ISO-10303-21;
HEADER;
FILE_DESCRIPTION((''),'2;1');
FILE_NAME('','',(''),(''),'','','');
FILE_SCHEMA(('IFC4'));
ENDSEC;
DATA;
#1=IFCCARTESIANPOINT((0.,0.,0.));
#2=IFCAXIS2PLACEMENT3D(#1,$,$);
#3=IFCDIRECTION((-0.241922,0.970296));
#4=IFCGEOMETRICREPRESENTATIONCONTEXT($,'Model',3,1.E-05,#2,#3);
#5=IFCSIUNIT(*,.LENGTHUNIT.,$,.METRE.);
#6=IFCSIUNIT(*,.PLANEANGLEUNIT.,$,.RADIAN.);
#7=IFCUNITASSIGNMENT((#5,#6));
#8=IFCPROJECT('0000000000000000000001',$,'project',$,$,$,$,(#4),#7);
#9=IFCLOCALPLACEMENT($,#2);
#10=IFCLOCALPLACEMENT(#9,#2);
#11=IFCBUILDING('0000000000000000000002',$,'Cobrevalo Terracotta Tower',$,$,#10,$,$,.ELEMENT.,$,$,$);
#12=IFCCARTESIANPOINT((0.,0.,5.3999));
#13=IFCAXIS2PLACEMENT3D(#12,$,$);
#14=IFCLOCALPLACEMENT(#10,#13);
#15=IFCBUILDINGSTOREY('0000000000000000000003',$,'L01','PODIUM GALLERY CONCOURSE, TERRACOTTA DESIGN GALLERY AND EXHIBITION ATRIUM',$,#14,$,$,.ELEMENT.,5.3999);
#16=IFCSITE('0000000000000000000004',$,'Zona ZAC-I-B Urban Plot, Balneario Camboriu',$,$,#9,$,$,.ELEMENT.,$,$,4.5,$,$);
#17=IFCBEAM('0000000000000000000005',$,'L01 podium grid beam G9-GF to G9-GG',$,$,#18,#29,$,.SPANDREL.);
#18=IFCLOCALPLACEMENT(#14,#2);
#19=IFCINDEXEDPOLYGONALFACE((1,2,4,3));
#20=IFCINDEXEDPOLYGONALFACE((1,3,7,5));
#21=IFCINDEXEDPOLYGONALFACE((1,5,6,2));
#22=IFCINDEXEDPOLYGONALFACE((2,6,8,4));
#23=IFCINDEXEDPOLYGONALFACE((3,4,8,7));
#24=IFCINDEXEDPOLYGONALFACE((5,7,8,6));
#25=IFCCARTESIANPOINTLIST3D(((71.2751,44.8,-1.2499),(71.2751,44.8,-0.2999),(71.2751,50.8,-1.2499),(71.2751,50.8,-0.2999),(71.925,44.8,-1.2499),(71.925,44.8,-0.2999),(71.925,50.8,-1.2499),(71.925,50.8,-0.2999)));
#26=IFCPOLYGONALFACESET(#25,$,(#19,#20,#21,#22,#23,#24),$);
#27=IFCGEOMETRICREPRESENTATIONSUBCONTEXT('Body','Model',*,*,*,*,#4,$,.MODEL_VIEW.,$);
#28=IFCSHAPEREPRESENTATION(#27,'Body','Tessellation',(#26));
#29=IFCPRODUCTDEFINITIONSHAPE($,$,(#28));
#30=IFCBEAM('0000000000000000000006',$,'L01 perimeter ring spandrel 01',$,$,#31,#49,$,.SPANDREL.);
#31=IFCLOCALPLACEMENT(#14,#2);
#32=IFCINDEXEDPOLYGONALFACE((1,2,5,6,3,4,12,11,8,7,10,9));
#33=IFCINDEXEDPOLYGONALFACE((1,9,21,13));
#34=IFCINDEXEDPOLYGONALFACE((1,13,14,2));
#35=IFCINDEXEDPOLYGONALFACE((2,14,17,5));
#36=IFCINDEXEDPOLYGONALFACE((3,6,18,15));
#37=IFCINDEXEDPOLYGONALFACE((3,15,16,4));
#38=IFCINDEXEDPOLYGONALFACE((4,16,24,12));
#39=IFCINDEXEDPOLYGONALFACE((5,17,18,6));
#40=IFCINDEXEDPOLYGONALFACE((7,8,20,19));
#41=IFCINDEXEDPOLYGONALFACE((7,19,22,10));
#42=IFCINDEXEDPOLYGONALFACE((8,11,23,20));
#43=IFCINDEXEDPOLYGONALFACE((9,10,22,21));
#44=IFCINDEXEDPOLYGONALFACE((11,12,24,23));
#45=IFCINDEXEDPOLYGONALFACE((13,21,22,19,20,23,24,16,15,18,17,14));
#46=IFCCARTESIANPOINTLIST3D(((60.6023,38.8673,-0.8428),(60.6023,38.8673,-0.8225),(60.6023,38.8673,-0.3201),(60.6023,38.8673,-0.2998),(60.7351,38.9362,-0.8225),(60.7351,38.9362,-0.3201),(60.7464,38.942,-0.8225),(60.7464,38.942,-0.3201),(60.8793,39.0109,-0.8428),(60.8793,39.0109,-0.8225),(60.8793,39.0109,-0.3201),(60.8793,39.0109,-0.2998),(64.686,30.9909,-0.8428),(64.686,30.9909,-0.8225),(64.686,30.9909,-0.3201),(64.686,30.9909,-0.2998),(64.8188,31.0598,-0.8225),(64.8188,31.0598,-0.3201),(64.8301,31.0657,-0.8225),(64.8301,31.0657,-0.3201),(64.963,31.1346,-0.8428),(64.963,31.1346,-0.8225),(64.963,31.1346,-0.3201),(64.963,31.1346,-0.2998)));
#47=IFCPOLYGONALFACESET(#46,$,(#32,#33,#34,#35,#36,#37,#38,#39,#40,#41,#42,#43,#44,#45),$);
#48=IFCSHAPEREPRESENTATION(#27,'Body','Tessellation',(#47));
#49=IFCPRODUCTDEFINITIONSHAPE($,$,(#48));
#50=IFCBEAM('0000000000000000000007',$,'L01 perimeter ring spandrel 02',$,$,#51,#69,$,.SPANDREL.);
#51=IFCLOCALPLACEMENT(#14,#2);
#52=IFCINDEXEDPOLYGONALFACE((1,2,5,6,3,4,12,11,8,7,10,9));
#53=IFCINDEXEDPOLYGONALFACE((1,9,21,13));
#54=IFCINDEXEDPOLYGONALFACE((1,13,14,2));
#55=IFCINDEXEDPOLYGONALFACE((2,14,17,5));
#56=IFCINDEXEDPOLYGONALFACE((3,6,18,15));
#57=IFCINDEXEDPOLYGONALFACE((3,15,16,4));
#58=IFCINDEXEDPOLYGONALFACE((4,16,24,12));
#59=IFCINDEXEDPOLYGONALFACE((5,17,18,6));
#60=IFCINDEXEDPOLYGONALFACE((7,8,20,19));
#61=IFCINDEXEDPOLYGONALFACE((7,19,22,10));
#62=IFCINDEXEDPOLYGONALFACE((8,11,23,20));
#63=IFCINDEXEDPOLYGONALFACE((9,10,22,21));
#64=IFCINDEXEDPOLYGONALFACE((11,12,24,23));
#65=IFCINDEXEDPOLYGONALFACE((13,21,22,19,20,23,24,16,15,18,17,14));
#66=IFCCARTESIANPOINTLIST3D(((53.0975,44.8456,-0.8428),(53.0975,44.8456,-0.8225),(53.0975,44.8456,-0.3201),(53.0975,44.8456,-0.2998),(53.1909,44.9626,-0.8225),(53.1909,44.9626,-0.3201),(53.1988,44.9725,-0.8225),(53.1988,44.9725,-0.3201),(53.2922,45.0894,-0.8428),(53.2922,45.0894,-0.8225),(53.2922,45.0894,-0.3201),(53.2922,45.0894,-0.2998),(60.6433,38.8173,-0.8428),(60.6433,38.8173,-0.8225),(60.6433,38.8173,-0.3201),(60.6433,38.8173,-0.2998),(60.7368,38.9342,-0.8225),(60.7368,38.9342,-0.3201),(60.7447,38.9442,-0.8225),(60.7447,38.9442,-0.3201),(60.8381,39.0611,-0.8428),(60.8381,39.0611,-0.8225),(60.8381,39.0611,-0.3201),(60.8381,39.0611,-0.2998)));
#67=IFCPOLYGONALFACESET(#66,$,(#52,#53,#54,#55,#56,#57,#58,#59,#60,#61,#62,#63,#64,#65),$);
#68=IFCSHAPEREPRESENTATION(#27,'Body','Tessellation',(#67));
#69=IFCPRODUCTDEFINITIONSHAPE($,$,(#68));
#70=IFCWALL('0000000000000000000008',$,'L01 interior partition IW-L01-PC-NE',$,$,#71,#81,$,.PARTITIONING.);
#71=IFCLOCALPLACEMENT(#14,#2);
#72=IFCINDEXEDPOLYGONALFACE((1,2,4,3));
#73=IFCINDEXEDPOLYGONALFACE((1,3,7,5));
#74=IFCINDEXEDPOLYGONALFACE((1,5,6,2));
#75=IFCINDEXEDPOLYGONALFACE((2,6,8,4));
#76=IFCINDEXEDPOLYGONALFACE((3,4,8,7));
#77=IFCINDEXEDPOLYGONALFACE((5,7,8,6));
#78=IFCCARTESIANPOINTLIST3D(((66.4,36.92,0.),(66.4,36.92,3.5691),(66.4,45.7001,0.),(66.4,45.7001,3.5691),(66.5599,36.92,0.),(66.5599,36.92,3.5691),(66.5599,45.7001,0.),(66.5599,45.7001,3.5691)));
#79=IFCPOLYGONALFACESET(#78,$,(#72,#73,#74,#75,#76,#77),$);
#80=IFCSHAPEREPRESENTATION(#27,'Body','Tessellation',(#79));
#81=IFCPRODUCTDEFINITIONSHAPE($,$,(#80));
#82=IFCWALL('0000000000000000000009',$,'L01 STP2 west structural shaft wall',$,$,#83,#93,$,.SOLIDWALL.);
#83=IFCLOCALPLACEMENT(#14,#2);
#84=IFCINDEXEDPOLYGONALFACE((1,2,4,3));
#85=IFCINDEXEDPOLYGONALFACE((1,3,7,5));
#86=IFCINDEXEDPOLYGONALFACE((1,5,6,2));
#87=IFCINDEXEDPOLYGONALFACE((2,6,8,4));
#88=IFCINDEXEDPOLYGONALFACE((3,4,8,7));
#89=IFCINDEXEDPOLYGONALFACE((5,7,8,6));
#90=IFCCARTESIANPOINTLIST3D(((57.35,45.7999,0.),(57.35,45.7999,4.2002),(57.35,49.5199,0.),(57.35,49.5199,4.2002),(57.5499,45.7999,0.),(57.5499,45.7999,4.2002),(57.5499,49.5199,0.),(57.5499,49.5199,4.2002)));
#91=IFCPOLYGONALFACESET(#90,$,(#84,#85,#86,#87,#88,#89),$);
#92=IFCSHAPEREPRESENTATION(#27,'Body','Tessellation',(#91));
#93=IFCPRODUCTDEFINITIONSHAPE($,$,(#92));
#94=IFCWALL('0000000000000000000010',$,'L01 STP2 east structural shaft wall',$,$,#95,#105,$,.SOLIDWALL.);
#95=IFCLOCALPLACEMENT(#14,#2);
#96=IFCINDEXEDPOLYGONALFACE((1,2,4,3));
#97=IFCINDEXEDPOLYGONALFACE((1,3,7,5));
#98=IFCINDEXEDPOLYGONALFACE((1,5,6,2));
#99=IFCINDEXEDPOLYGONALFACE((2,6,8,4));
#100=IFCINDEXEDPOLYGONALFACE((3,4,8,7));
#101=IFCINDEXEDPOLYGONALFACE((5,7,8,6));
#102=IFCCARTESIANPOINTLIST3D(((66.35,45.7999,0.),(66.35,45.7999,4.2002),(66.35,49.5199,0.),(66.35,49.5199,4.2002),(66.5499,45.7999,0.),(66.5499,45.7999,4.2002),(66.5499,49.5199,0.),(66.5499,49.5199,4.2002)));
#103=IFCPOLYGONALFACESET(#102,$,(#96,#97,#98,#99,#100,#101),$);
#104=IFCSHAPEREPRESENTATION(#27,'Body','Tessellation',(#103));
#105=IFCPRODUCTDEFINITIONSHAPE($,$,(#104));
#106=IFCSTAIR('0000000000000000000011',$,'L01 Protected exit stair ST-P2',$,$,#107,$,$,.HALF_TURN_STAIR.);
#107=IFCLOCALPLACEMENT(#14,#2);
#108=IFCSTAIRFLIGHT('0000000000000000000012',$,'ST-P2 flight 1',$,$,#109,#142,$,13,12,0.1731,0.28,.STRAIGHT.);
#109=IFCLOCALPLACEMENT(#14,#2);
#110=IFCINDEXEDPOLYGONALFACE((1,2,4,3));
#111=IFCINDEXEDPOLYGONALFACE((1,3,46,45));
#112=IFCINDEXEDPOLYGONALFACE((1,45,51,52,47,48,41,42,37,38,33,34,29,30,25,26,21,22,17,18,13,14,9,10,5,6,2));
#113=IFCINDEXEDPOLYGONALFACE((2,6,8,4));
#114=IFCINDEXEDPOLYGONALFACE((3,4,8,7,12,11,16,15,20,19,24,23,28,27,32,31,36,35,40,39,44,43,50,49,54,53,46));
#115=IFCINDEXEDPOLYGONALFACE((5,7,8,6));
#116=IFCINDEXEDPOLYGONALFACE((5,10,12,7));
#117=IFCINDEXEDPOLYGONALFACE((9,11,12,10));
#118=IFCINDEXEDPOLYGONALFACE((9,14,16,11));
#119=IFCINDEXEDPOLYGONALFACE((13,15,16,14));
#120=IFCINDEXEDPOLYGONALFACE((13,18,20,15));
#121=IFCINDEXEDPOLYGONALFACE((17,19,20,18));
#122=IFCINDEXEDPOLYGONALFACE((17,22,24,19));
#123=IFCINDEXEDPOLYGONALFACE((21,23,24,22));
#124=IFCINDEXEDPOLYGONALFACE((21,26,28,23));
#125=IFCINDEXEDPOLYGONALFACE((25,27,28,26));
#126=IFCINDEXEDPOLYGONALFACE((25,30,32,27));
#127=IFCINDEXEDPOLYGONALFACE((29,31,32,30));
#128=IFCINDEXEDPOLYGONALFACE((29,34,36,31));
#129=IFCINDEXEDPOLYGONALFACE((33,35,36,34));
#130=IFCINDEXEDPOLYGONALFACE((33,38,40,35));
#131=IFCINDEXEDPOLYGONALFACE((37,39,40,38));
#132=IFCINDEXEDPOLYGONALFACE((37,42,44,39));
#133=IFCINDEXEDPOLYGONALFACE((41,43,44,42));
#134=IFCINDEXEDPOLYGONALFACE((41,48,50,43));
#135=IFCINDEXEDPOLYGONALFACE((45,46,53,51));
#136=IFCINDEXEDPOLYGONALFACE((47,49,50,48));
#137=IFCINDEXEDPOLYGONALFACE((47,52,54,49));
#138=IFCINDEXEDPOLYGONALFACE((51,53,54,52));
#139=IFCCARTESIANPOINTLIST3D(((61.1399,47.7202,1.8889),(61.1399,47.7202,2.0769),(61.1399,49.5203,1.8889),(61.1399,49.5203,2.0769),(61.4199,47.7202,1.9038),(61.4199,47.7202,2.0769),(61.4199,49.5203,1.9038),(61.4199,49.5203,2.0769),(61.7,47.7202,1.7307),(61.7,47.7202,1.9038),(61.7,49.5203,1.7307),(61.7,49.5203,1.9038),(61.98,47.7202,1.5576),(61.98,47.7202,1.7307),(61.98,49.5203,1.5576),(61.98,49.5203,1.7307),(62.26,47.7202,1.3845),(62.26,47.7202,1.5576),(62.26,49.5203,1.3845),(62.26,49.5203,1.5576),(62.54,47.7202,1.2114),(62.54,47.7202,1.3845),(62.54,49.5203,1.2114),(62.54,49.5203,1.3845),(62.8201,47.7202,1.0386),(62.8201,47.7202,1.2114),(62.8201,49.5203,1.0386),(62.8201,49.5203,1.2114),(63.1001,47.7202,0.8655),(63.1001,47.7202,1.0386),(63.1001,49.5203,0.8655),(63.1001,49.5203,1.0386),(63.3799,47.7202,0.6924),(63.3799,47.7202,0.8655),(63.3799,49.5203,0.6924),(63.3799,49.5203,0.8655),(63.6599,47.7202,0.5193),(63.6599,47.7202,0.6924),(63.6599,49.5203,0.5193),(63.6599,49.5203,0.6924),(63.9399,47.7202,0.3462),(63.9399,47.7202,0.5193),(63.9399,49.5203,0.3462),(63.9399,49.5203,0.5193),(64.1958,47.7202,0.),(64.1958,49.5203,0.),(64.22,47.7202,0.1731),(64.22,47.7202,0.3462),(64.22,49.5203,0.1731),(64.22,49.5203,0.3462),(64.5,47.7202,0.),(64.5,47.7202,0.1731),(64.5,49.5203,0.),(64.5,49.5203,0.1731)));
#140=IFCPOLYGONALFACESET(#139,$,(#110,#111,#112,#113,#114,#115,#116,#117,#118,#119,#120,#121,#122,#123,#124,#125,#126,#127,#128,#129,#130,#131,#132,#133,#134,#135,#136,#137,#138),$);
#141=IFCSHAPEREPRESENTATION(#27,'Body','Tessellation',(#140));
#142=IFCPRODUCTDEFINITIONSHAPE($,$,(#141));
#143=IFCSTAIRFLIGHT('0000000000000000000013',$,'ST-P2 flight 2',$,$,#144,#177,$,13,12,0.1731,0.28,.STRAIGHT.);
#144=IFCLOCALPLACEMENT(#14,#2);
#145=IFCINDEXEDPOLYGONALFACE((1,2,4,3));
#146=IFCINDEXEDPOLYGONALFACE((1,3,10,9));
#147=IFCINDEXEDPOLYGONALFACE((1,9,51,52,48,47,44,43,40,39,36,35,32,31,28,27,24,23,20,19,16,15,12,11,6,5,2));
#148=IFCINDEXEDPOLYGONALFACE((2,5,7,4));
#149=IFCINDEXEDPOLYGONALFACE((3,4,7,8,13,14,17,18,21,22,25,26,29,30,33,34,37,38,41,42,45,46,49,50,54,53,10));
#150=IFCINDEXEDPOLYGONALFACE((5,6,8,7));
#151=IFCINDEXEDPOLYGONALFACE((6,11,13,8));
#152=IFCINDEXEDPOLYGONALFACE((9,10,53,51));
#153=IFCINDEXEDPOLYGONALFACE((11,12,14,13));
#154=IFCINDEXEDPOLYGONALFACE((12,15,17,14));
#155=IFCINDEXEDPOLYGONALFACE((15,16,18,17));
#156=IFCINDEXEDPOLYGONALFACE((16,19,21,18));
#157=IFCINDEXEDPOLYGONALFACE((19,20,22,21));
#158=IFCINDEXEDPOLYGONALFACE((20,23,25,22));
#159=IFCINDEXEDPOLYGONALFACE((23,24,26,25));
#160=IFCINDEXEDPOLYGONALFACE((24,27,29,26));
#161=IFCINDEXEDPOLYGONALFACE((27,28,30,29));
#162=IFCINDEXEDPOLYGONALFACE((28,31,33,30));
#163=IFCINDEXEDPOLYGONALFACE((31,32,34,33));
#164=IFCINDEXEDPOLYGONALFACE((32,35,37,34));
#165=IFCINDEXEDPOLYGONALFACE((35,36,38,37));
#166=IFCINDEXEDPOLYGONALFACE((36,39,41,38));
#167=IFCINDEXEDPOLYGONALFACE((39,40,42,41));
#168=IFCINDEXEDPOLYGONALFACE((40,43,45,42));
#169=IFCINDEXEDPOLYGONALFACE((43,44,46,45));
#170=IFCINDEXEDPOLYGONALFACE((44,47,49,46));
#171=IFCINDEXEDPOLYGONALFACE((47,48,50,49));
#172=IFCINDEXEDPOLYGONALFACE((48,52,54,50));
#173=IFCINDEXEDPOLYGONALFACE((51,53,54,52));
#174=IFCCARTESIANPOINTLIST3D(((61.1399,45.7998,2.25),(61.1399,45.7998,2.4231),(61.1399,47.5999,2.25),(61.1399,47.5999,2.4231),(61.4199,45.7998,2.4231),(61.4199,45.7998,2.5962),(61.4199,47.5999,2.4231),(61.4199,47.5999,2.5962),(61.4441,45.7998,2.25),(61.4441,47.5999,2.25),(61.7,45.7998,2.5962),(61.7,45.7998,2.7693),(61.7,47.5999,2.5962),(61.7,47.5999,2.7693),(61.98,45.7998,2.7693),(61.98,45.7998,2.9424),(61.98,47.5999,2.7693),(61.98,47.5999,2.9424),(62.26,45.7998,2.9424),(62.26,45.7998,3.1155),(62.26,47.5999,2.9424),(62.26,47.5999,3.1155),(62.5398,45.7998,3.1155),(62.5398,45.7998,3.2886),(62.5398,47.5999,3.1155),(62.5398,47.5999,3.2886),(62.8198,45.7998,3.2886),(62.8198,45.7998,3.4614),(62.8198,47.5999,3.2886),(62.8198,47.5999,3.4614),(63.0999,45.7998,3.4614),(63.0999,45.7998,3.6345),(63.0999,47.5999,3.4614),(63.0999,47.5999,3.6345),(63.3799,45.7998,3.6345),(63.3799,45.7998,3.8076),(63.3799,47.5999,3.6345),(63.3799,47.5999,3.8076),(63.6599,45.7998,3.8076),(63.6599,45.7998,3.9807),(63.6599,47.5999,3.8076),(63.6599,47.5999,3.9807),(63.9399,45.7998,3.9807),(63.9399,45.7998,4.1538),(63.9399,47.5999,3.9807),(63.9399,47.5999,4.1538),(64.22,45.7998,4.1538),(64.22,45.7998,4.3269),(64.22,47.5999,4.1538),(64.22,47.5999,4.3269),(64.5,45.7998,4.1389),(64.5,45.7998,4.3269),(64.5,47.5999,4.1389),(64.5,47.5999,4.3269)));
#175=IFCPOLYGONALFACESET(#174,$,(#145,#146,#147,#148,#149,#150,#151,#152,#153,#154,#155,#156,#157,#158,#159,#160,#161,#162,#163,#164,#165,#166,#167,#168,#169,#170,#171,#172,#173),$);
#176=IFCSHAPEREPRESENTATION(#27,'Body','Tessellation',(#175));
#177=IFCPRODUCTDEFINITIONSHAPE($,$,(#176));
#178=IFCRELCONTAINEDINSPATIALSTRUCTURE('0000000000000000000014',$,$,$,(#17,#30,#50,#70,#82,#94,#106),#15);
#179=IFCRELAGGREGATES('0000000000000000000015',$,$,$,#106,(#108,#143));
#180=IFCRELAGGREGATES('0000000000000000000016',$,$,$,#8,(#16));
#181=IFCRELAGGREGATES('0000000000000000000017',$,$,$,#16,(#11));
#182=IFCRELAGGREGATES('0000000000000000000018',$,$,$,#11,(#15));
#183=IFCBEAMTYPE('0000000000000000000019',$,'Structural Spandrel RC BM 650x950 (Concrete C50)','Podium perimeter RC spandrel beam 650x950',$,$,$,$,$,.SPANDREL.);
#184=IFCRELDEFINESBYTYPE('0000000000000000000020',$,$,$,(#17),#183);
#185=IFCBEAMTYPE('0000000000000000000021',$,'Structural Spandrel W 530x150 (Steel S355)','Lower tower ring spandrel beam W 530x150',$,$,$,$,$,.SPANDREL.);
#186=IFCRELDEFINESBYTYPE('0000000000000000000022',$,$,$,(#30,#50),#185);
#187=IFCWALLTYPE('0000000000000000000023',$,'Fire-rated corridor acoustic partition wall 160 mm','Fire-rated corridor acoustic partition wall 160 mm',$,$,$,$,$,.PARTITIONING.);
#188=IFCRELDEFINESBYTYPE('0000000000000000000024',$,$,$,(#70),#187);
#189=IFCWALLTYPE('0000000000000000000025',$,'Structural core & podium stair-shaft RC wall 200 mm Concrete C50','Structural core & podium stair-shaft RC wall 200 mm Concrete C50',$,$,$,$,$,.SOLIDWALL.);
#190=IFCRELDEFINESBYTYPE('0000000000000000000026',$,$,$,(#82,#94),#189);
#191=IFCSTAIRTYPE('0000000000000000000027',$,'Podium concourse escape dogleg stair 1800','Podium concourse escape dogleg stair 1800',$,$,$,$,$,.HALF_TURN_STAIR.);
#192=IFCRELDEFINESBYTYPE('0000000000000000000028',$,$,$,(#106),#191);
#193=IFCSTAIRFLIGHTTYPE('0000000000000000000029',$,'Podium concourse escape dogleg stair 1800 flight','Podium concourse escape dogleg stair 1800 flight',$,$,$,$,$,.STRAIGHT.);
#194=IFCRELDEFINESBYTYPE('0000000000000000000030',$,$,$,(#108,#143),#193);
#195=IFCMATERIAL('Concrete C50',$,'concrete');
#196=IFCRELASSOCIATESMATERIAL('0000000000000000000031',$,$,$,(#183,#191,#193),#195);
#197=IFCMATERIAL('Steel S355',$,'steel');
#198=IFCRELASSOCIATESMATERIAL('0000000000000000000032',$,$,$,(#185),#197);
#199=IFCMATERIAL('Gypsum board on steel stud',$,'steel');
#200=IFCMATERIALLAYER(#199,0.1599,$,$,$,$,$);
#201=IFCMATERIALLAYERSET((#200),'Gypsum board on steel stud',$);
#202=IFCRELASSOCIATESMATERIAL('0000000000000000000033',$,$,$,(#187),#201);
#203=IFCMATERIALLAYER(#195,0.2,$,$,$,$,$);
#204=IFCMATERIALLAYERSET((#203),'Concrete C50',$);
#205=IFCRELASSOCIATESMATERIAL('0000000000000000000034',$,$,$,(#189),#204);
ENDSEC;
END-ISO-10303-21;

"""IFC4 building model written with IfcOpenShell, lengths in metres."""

from ifc_helpers import new_model, si_unit, direction, frame, frame_2d, origin, origin_2d, place, context, subcontext, project, spatial, polyline, rectangle, i_section, outline, extrude, material, layer, layer_set, material_profile, profile_set, type_object, element, aggregate, save


model = new_model("IFC4")

# Units and contexts
model_context = context("Model", 3, precision=1e-05, world=origin(), true_north=direction((-0.241922, 0.970296)))
body_context = subcontext(model_context, "Body", "Model", "MODEL_VIEW")
ifc_project = project(units=[si_unit("LENGTHUNIT", "METRE"), si_unit("PLANEANGLEUNIT", "RADIAN")], contexts=[model_context])

# Site, building, storey
site_placement = place(None, origin())
site = spatial("IfcSite", under=ifc_project, at=site_placement, Name="Zona ZAC-I-B Urban Plot, Balneario Camboriu", CompositionType="ELEMENT", RefElevation=4.5)
building_placement = place(site_placement, origin())
building = spatial("IfcBuilding", under=site, at=building_placement, Name="Cobrevalo Terracotta Tower", CompositionType="ELEMENT")
storey_placement = place(building_placement, frame((0.0, 0.0, 5.3999)))
storey = spatial("IfcBuildingStorey", under=building, at=storey_placement, Name="L01", Description="PODIUM GALLERY CONCOURSE, TERRACOTTA DESIGN GALLERY AND EXHIBITION ATRIUM", CompositionType="ELEMENT", Elevation=5.3999)

# Shared definitions
ifc_material_1 = material(Name="Steel S355", Category="steel")
ifc_material_2 = material(Name="Concrete C50", Category="concrete")

# Beams
ifc_material_profile_1 = material_profile(ifc_material_2, rectangle(XDim=0.6499, YDim=0.95, at=origin_2d()), Name="RC BM 650x950")
ifc_profile_set_1 = profile_set([ifc_material_profile_1], Name="Concrete C50")
beam_type_1 = type_object("IfcBeamType", Name="Structural Spandrel RC BM 650x950 (Concrete C50)", Description="Podium perimeter RC spandrel beam 650x950", PredefinedType="SPANDREL", material=ifc_profile_set_1)
beam_1_placement = place(storey_placement, frame((71.6001, 44.8, -0.7749), z_axis=(0.0, 1.0, 0.0), x_axis=(-1.0, 0.0, 0.0)))
element("IfcBeam", 1, at=beam_1_placement, inside=storey, type_object=beam_type_1, Name="L01 podium grid beam G9-GF to G9-GG", PredefinedType="SPANDREL", context=body_context, shape_type="SweptSolid", body=[
    extrude(rectangle(XDim=0.6499, YDim=0.95, at=origin_2d()), origin(), (0.0, 0.0, 1.0), 6.0),
])
ifc_material_profile_2 = material_profile(ifc_material_1, i_section(OverallWidth=0.312, OverallDepth=0.543, WebThickness=0.0127, FlangeThickness=0.0203, at=origin_2d()), Name="W 530x150")
ifc_profile_set_2 = profile_set([ifc_material_profile_2], Name="Steel S355")
beam_type_2 = type_object("IfcBeamType", Name="Structural Spandrel W 530x150 (Steel S355)", Description="Lower tower ring spandrel beam W 530x150", PredefinedType="SPANDREL", material=ifc_profile_set_2)
beam_2_placement = place(storey_placement, frame((64.8245, 31.0627, -0.5713), z_axis=(-0.460286, 0.887771, 0.0), x_axis=(-0.887771, -0.460286, 0.0)))
element("IfcBeam", 2, at=beam_2_placement, inside=storey, type_object=beam_type_2, Name="L01 perimeter ring spandrel 01", PredefinedType="SPANDREL", context=body_context, shape_type="SweptSolid", body=[
    extrude(i_section(OverallWidth=0.312, OverallDepth=0.543, WebThickness=0.0127, FlangeThickness=0.0203, at=origin_2d()), origin(), (0.0, 0.0, 1.0), 8.8721),
])
beam_3_placement = place(storey_placement, frame((60.7407, 38.9392, -0.5713), z_axis=(-0.781293, 0.624165, 0.0), x_axis=(-0.624165, -0.781293, 0.0)))
element("IfcBeam", 3, at=beam_3_placement, inside=storey, type_object=beam_type_2, Name="L01 perimeter ring spandrel 02", PredefinedType="SPANDREL", context=body_context, shape_type="SweptSolid", body=[
    extrude(i_section(OverallWidth=0.312, OverallDepth=0.543, WebThickness=0.0127, FlangeThickness=0.0203, at=origin_2d()), origin(), (0.0, 0.0, 1.0), 9.6582),
])

# Walls
ifc_material_3 = material(Name="Gypsum board on steel stud", Category="steel")
ifc_layer_1 = layer(ifc_material_3, 0.1599)
ifc_layer_set_1 = layer_set([ifc_layer_1], Name="Gypsum board on steel stud")
wall_type_1 = type_object("IfcWallType", Name="Fire-rated corridor acoustic partition wall 160 mm", Description="Fire-rated corridor acoustic partition wall 160 mm", PredefinedType="PARTITIONING", material=ifc_layer_set_1)
wall_placement = place(storey_placement, frame((66.48, 36.9199, 0.0), z_axis=(0.0, 0.0, 1.0), x_axis=(0.0, 1.0, 0.0)))
element("IfcWall", 4, at=wall_placement, inside=storey, type_object=wall_type_1, Name="L01 interior partition IW-L01-PC-NE", PredefinedType="PARTITIONING", context=body_context, shape_type="SweptSolid", body=[
    extrude(rectangle(XDim=8.78, YDim=0.1599, at=frame_2d((4.3901, 0.0))), origin(), (0.0, 0.0, 1.0), 3.5691),
])
ifc_layer_2 = layer(ifc_material_2, 0.2)
ifc_layer_set_2 = layer_set([ifc_layer_2], Name="Concrete C50")
wall_type_2 = type_object("IfcWallType", Name="Structural core & podium stair-shaft RC wall 200 mm Concrete C50", Description="Structural core & podium stair-shaft RC wall 200 mm Concrete C50", PredefinedType="SOLIDWALL", material=ifc_layer_set_2)
for number, where, z_axis, x_axis, name in (
    (5, (57.45, 45.8, 0.0), (0.0, 0.0, 1.0), (0.0, 1.0, 0.0), "L01 STP2 west structural shaft wall"),
    (6, (66.45, 45.8, 0.0), (0.0, 0.0, 1.0), (0.0, 1.0, 0.0), "L01 STP2 east structural shaft wall"),
):
    element("IfcWall", number, at=place(storey_placement, frame(where, z_axis=z_axis, x_axis=x_axis)), inside=storey, type_object=wall_type_2, Name=name, PredefinedType="SOLIDWALL", context=body_context, shape_type="SweptSolid", body=[
        extrude(rectangle(XDim=3.72, YDim=0.2, at=frame_2d((1.8599, 0.0))), origin(), (0.0, 0.0, 1.0), 4.2002),
    ])

# Stair, stair flights
stair_type = type_object("IfcStairType", Name="Podium concourse escape dogleg stair 1800", Description="Podium concourse escape dogleg stair 1800", PredefinedType="HALF_TURN_STAIR", material=ifc_material_2)
stair_placement = place(storey_placement, origin())
stair = element("IfcStair", 7, at=stair_placement, inside=storey, type_object=stair_type, Name="L01 Protected exit stair ST-P2", PredefinedType="HALF_TURN_STAIR")
stair_flight_type = type_object("IfcStairFlightType", Name="Podium concourse escape dogleg stair 1800 flight", Description="Podium concourse escape dogleg stair 1800 flight", PredefinedType="STRAIGHT", material=ifc_material_2)
stair_flight_1_placement = place(storey_placement, frame((64.5, 48.6201, 0.0), z_axis=(0.0, 0.0, 1.0), x_axis=(-1.0, 0.0, 0.0)))
stair_flight_1 = element("IfcStairFlight", 8, at=stair_flight_1_placement, type_object=stair_flight_type, Name="ST-P2 flight 1", NumberOfRisers=13, NumberOfTreads=12, PredefinedType="STRAIGHT", RiserHeight=0.1731, TreadLength=0.28, context=body_context, shape_type="SweptSolid", body=[
    extrude(outline(polyline([(0.0, 0.0), (0.0, 0.1731), (0.28, 0.1731), (0.28, 0.3462), (0.5601, 0.3462), (0.5601, 0.5193), (0.8401, 0.5193), (0.8401, 0.6924), (1.1201, 0.6924), (1.1201, 0.8655), (1.3999, 0.8655), (1.3999, 1.0386), (1.6799, 1.0386), (1.6799, 1.2114), (1.96, 1.2114), (1.96, 1.3845), (2.24, 1.3845), (2.24, 1.5576), (2.52, 1.5576), (2.52, 1.7307), (2.8, 1.7307), (2.8, 1.9038), (3.0801, 1.9038), (3.0801, 2.0769), (3.3601, 2.0769), (3.3601, 2.25), (3.3601, 1.8889), (0.3042, 0.0), (0.0, 0.0)])), frame((0.0, 0.8999, 0.0), z_axis=(0.0, -1.0, 0.0), x_axis=(1.0, 0.0, 0.0)), (0.0, 0.0, 1.0), 1.8),
])
stair_flight_2_placement = place(storey_placement, frame((61.1399, 46.7, 2.25), z_axis=(0.0, 0.0, 1.0), x_axis=(1.0, 0.0, 0.0)))
stair_flight_2 = element("IfcStairFlight", 9, at=stair_flight_2_placement, type_object=stair_flight_type, Name="ST-P2 flight 2", NumberOfRisers=13, NumberOfTreads=12, PredefinedType="STRAIGHT", RiserHeight=0.1731, TreadLength=0.28, context=body_context, shape_type="SweptSolid", body=[
    extrude(outline(polyline([(0.0, 0.0), (0.0, 0.1731), (0.28, 0.1731), (0.28, 0.3462), (0.5601, 0.3462), (0.5601, 0.5193), (0.8401, 0.5193), (0.8401, 0.6924), (1.1201, 0.6924), (1.1201, 0.8655), (1.3999, 0.8655), (1.3999, 1.0386), (1.6799, 1.0386), (1.6799, 1.2114), (1.96, 1.2114), (1.96, 1.3845), (2.24, 1.3845), (2.24, 1.5576), (2.52, 1.5576), (2.52, 1.7307), (2.8, 1.7307), (2.8, 1.9038), (3.0801, 1.9038), (3.0801, 2.0769), (3.3601, 2.0769), (3.3601, 2.25), (3.3601, 1.8889), (0.3042, 0.0), (0.0, 0.0)])), frame((0.0, 0.8999, 0.0), z_axis=(0.0, -1.0, 0.0), x_axis=(1.0, 0.0, 0.0)), (0.0, 0.0, 1.0), 1.8),
])
aggregate(stair, [stair_flight_1, stair_flight_2])

save(model, "model.ifc")
